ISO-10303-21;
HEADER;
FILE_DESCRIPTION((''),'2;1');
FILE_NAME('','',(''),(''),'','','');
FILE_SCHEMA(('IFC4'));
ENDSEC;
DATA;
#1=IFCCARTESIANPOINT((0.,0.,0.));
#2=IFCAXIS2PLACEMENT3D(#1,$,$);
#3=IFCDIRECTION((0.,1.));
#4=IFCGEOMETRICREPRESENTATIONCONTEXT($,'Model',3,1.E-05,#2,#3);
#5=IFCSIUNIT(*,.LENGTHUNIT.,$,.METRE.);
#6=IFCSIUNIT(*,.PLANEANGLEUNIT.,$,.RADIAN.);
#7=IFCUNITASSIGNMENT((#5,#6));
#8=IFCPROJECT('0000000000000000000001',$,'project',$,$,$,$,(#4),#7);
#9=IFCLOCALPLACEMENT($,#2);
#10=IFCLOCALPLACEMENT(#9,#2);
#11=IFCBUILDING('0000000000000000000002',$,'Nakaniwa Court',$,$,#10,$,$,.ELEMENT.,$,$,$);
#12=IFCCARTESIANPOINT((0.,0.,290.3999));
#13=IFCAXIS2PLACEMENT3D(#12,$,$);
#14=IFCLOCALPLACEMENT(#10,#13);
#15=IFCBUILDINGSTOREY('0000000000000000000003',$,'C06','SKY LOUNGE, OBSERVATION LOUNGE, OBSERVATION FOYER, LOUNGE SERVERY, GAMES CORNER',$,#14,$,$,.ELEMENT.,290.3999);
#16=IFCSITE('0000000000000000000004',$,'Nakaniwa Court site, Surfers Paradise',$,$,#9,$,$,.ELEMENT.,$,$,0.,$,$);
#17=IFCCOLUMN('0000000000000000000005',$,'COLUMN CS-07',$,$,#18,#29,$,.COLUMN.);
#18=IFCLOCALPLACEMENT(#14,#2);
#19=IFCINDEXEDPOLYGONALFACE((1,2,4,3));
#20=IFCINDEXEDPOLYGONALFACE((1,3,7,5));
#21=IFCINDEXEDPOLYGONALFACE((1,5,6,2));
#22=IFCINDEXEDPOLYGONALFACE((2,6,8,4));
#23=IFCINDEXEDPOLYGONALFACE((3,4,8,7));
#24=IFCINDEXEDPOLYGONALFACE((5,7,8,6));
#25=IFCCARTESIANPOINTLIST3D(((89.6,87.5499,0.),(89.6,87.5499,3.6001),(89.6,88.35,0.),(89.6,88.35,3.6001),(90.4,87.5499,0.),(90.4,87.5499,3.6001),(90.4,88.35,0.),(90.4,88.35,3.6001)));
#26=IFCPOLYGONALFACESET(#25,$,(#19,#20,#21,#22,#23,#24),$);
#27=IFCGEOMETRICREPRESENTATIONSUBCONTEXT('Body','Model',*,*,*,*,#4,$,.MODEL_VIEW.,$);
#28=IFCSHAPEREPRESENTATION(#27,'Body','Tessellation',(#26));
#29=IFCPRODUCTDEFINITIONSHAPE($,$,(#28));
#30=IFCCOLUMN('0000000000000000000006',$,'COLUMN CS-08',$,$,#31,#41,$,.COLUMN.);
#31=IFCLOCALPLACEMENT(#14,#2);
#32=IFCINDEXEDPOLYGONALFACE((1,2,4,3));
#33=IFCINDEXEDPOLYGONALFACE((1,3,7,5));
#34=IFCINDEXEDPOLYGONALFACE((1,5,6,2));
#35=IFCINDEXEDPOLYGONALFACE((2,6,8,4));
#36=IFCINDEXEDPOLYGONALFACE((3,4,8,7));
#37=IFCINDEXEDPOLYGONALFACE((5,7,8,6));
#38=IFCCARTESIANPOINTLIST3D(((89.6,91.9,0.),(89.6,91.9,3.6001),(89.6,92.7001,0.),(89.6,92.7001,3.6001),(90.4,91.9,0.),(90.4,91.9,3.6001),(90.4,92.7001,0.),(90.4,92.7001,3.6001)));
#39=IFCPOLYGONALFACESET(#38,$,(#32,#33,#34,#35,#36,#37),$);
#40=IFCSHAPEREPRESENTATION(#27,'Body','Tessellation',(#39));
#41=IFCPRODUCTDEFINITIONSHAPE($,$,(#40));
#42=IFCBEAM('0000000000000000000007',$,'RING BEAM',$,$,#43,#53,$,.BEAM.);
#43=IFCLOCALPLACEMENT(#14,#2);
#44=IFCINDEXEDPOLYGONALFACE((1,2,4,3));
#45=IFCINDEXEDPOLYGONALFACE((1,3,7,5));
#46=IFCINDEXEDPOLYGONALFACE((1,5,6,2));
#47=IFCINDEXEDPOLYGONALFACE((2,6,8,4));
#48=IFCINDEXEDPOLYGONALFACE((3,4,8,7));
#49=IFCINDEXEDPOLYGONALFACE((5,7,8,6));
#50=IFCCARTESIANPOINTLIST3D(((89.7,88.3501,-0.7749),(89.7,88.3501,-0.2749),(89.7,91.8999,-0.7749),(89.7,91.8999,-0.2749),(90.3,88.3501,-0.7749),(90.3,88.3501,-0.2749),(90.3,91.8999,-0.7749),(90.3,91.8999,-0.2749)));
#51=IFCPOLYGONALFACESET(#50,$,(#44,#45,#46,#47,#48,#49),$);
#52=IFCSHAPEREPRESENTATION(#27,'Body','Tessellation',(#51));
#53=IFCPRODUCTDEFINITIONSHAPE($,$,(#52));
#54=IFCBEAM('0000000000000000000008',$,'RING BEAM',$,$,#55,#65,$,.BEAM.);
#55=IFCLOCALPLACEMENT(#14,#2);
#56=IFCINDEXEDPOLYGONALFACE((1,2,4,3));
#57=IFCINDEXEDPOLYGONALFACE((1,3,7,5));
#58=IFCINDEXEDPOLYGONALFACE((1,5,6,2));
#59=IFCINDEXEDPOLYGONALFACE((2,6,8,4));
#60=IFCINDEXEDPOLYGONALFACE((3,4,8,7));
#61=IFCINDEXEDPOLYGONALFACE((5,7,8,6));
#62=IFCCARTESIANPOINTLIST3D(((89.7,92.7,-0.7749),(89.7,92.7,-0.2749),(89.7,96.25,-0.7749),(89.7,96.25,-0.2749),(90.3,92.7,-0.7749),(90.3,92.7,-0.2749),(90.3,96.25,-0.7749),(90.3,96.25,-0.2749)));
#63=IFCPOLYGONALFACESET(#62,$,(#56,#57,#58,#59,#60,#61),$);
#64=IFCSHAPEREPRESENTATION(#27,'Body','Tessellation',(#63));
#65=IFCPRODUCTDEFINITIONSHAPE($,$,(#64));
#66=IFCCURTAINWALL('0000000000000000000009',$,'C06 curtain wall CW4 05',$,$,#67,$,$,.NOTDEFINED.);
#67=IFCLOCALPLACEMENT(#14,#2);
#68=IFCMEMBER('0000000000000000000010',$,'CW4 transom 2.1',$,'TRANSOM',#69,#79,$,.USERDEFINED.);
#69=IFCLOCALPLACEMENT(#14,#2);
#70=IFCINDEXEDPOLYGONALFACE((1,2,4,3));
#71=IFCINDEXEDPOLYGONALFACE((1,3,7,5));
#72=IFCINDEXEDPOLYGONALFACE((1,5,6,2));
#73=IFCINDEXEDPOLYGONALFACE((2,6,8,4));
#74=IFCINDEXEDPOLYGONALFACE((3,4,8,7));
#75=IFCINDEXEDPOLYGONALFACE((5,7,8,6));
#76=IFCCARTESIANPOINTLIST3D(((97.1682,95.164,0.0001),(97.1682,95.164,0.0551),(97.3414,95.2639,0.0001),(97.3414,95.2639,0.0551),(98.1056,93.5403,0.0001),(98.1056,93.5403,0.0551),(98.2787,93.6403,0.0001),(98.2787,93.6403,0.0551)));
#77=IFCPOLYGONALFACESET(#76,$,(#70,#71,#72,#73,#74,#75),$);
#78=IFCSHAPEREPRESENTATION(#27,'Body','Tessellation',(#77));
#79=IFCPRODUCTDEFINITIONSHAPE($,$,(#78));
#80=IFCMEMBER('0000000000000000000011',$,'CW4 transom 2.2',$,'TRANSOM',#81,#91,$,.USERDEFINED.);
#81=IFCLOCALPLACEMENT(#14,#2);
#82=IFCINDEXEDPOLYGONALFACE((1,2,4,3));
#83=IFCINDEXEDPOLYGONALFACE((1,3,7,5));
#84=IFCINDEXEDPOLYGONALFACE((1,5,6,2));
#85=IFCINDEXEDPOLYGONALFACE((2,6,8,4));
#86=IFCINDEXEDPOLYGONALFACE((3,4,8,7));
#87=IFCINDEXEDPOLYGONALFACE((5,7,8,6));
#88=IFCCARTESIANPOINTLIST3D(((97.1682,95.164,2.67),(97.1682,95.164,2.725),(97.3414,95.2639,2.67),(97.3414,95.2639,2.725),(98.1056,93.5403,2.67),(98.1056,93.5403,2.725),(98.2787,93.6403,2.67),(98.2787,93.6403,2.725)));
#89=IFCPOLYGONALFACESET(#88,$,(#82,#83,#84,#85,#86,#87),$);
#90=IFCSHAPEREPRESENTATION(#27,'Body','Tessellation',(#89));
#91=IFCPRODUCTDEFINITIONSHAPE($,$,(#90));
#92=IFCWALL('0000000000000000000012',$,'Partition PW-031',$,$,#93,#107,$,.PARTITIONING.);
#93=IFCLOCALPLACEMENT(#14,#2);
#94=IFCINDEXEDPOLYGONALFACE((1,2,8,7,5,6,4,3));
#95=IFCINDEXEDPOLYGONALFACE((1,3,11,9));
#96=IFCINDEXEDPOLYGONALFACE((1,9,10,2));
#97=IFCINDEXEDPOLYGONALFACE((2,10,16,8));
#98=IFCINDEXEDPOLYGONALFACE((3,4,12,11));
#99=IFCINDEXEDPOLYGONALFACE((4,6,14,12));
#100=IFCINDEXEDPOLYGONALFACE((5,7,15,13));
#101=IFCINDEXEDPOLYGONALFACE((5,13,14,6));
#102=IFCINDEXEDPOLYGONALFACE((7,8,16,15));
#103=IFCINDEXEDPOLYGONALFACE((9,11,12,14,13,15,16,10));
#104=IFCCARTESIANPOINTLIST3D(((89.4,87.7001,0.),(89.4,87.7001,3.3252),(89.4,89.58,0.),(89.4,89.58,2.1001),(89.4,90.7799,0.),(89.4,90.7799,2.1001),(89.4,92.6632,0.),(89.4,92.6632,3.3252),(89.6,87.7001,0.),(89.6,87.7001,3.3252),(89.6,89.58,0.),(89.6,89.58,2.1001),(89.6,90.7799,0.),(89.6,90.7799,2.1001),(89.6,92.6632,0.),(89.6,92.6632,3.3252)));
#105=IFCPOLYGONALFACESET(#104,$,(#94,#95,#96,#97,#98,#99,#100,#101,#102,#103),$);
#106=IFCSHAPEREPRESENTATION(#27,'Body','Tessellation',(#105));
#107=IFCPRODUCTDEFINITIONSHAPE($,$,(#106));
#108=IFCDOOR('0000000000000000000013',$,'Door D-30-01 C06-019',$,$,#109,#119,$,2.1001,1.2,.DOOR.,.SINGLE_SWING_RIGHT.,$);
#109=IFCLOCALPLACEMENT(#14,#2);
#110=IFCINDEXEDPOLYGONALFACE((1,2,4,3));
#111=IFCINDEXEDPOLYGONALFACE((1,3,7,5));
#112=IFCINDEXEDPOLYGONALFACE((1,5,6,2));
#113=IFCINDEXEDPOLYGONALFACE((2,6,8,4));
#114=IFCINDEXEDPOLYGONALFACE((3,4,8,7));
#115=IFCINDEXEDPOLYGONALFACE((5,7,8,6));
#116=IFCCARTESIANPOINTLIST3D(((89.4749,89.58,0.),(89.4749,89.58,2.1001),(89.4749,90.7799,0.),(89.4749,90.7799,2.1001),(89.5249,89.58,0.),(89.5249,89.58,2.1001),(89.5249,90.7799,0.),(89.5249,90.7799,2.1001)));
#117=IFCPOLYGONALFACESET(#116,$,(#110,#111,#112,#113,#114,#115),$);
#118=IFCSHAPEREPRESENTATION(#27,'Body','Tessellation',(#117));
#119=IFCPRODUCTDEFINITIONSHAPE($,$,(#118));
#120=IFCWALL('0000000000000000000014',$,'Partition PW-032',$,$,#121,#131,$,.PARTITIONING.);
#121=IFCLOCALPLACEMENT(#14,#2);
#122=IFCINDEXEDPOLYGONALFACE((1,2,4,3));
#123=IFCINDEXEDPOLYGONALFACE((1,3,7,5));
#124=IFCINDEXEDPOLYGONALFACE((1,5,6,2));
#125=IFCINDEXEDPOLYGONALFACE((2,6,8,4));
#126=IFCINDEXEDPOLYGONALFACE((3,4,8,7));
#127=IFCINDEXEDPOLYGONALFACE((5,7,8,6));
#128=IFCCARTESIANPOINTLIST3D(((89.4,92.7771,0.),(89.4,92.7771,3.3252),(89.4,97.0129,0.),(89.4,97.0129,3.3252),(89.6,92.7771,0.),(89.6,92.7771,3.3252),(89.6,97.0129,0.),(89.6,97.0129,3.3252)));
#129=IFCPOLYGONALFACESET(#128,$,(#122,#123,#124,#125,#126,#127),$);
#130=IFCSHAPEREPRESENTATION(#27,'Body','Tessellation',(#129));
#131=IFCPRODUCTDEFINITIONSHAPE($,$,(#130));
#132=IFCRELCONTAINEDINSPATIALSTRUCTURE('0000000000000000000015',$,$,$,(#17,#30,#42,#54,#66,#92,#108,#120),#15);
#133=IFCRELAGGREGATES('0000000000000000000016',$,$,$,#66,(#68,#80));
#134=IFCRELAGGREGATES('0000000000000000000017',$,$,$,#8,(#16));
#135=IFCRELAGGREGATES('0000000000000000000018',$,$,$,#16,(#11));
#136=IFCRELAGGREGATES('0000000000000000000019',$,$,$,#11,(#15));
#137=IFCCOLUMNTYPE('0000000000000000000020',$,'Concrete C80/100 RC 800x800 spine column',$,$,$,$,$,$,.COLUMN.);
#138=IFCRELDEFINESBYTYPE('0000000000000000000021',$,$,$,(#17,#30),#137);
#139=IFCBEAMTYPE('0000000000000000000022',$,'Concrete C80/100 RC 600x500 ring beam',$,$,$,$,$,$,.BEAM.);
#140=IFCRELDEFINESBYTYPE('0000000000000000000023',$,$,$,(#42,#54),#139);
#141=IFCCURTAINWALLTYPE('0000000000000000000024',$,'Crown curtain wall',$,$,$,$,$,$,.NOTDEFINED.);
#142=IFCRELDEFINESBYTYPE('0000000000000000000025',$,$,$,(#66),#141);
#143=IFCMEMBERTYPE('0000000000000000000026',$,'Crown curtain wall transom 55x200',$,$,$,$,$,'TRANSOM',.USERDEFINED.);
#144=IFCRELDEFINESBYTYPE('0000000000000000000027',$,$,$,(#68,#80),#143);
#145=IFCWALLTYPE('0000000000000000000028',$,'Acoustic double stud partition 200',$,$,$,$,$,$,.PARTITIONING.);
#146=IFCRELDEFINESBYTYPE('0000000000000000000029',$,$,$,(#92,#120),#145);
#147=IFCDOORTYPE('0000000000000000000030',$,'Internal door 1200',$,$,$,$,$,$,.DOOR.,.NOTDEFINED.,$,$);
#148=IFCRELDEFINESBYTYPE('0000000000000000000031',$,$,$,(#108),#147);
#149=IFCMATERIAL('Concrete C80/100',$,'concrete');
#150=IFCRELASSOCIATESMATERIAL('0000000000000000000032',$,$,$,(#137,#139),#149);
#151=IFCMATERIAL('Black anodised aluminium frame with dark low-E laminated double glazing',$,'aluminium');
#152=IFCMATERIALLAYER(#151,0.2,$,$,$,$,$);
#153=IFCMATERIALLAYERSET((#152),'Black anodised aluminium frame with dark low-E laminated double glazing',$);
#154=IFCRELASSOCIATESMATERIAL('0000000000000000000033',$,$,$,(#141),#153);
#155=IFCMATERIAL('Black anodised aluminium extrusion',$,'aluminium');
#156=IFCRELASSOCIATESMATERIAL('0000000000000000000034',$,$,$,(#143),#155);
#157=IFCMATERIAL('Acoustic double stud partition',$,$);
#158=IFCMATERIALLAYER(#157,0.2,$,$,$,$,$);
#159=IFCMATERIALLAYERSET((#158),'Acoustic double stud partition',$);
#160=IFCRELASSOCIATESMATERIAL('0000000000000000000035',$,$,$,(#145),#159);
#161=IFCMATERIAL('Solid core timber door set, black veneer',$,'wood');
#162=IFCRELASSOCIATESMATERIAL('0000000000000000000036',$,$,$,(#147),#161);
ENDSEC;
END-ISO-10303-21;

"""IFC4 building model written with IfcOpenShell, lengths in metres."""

from ifc_helpers import new_model, si_unit, direction, frame, frame_2d, origin, origin_2d, place, context, subcontext, project, spatial, rectangle, extrude, material, layer, layer_set, material_profile, profile_set, type_object, element, fill, aggregate, save


model = new_model("IFC4")

# Units and contexts
model_context = context("Model", 3, precision=1e-05, world=origin(), true_north=direction((0.0, 1.0)))
body_context = subcontext(model_context, "Body", "Model", "MODEL_VIEW")
ifc_project = project(units=[si_unit("LENGTHUNIT", "METRE"), si_unit("PLANEANGLEUNIT", "RADIAN")], contexts=[model_context])

# Site, building, storey
site_placement = place(None, origin())
site = spatial("IfcSite", under=ifc_project, at=site_placement, Name="Nakaniwa Court site, Surfers Paradise", CompositionType="ELEMENT", RefElevation=0.0)
building_placement = place(site_placement, origin())
building = spatial("IfcBuilding", under=site, at=building_placement, Name="Nakaniwa Court", CompositionType="ELEMENT")
storey_placement = place(building_placement, frame((0.0, 0.0, 290.3999)))
storey = spatial("IfcBuildingStorey", under=building, at=storey_placement, Name="C06", Description="SKY LOUNGE, OBSERVATION LOUNGE, OBSERVATION FOYER, LOUNGE SERVERY, GAMES CORNER", CompositionType="ELEMENT", Elevation=290.3999)

# Columns
ifc_material_1 = material(Name="Concrete C80/100", Category="concrete")
ifc_material_profile_1 = material_profile(ifc_material_1, rectangle(XDim=0.8, YDim=0.8, at=origin_2d()), Name="Concrete C80/100 RC 800x800 spine column")
ifc_profile_set_1 = profile_set([ifc_material_profile_1], Name="Concrete C80/100")
column_type = type_object("IfcColumnType", Name="Concrete C80/100 RC 800x800 spine column", PredefinedType="COLUMN", material=ifc_profile_set_1)
for number, where, z_axis, x_axis, name in (
    (1, (90.0, 87.95, 0.0), (0.0, 0.0, 1.0), (0.0, 1.0, 0.0), "COLUMN CS-07"),
    (2, (90.0, 92.3, 0.0), (0.0, 0.0, 1.0), (0.0, 1.0, 0.0), "COLUMN CS-08"),
):
    element("IfcColumn", number, at=place(storey_placement, frame(where, z_axis=z_axis, x_axis=x_axis)), inside=storey, type_object=column_type, Name=name, PredefinedType="COLUMN", context=body_context, shape_type="SweptSolid", body=[
        extrude(rectangle(XDim=0.8, YDim=0.8, at=origin_2d()), origin(), (0.0, 0.0, 1.0), 3.6001),
    ])

# Beams
ifc_material_profile_2 = material_profile(ifc_material_1, rectangle(XDim=0.6001, YDim=0.5, at=origin_2d()), Name="Concrete C80/100 RC 600x500 ring beam")
ifc_profile_set_2 = profile_set([ifc_material_profile_2], Name="Concrete C80/100")
beam_type = type_object("IfcBeamType", Name="Concrete C80/100 RC 600x500 ring beam", PredefinedType="BEAM", material=ifc_profile_set_2)
beam_1_placement = place(storey_placement, frame((90.0, 88.3501, -0.5249), z_axis=(0.0, 1.0, 0.0), x_axis=(-1.0, 0.0, 0.0)))
element("IfcBeam", 3, at=beam_1_placement, inside=storey, type_object=beam_type, Name="RING BEAM", PredefinedType="BEAM", context=body_context, shape_type="SweptSolid", body=[
    extrude(rectangle(XDim=0.6001, YDim=0.5, at=origin_2d()), origin(), (0.0, 0.0, 1.0), 3.5498),
])
beam_2_placement = place(storey_placement, frame((90.0, 92.7, -0.5249), z_axis=(0.0, 1.0, 0.0), x_axis=(-1.0, 0.0, 0.0)))
element("IfcBeam", 4, at=beam_2_placement, inside=storey, type_object=beam_type, Name="RING BEAM", PredefinedType="BEAM", context=body_context, shape_type="SweptSolid", body=[
    extrude(rectangle(XDim=0.6001, YDim=0.5, at=origin_2d()), origin(), (0.0, 0.0, 1.0), 3.55),
])

# Curtain wall, members
ifc_material_2 = material(Name="Black anodised aluminium frame with dark low-E laminated double glazing", Category="aluminium")
ifc_layer_1 = layer(ifc_material_2, 0.2)
ifc_layer_set_1 = layer_set([ifc_layer_1], Name="Black anodised aluminium frame with dark low-E laminated double glazing")
curtain_wall_type = type_object("IfcCurtainWallType", Name="Crown curtain wall", PredefinedType="NOTDEFINED", material=ifc_layer_set_1)
curtain_wall_placement = place(storey_placement, origin())
curtain_wall = element("IfcCurtainWall", 5, at=curtain_wall_placement, inside=storey, type_object=curtain_wall_type, Name="C06 curtain wall CW4 05", PredefinedType="NOTDEFINED")
ifc_material_3 = material(Name="Black anodised aluminium extrusion", Category="aluminium")
ifc_material_profile_3 = material_profile(ifc_material_3, rectangle(XDim=0.2, YDim=0.0549, at=origin_2d()), Name="Crown curtain wall transom 55x200")
ifc_profile_set_3 = profile_set([ifc_material_profile_3], Name="Black anodised aluminium extrusion")
member_type = type_object("IfcMemberType", Name="Crown curtain wall transom 55x200", ElementType="TRANSOM", PredefinedType="USERDEFINED", material=ifc_profile_set_3)
member_1_placement = place(storey_placement, frame((98.1921, 93.5903, 0.0276), z_axis=(-0.499963, 0.866047, 0.0), x_axis=(-0.866047, -0.499963, 0.0)))
member_1 = element("IfcMember", 6, at=member_1_placement, type_object=member_type, Name="CW4 transom 2.1", ObjectType="TRANSOM", PredefinedType="USERDEFINED", context=body_context, shape_type="SweptSolid", body=[
    extrude(rectangle(XDim=0.2, YDim=0.0549, at=origin_2d()), origin(), (0.0, 0.0, 1.0), 1.8748),
])
member_2_placement = place(storey_placement, frame((98.1921, 93.5903, 2.6975), z_axis=(-0.499963, 0.866047, 0.0), x_axis=(-0.866047, -0.499963, 0.0)))
member_2 = element("IfcMember", 7, at=member_2_placement, type_object=member_type, Name="CW4 transom 2.2", ObjectType="TRANSOM", PredefinedType="USERDEFINED", context=body_context, shape_type="SweptSolid", body=[
    extrude(rectangle(XDim=0.2, YDim=0.0549, at=origin_2d()), origin(), (0.0, 0.0, 1.0), 1.8748),
])
aggregate(curtain_wall, [member_1, member_2])

# Wall, opening, door
ifc_material_4 = material(Name="Acoustic double stud partition")
ifc_layer_2 = layer(ifc_material_4, 0.2)
ifc_layer_set_2 = layer_set([ifc_layer_2], Name="Acoustic double stud partition")
wall_type_1 = type_object("IfcWallType", Name="Acoustic double stud partition 200", PredefinedType="PARTITIONING", material=ifc_layer_set_2)
wall_1_placement = place(storey_placement, frame((89.5, 92.6631, 0.0), z_axis=(0.0, 0.0, 1.0), x_axis=(0.0, -1.0, 0.0)))
wall_1 = element("IfcWall", 8, at=wall_1_placement, inside=storey, type_object=wall_type_1, Name="Partition PW-031", PredefinedType="PARTITIONING", context=body_context, shape_type="SweptSolid", body=[
    extrude(rectangle(XDim=4.9631, YDim=0.2, at=frame_2d((2.4814, 0.0))), origin(), (0.0, 0.0, 1.0), 3.3252),
])
opening_1_placement = place(wall_1_placement, frame((1.8831, 0.0, 0.0)))
opening_1 = element("IfcOpeningElement", 9, at=opening_1_placement, cuts=wall_1, PredefinedType="OPENING", context=body_context, shape_type="SweptSolid", body=[
    extrude(rectangle(XDim=1.2, YDim=2.1001, at=frame_2d((0.6001, 1.05))), frame((0.0, 0.1099, 0.0), z_axis=(0.0, -1.0, 0.0), x_axis=(1.0, 0.0, 0.0)), (0.0, 0.0, 1.0), 0.22),
])
ifc_material_5 = material(Name="Solid core timber door set, black veneer", Category="wood")
door_type_1 = type_object("IfcDoorType", Name="Internal door 1200", OperationType="NOTDEFINED", PredefinedType="DOOR", material=ifc_material_5)
door_1_placement = place(opening_1_placement, origin())
door_1 = element("IfcDoor", 10, at=door_1_placement, inside=storey, type_object=door_type_1, Name="Door D-30-01 C06-019", OperationType="SINGLE_SWING_RIGHT", OverallHeight=2.1001, OverallWidth=1.2, PredefinedType="DOOR", context=body_context, shape_type="SweptSolid", body=[
    extrude(rectangle(XDim=1.2, YDim=2.1001, at=frame_2d((0.6001, 1.05))), frame((0.0, 0.0249, 0.0), z_axis=(0.0, -1.0, 0.0), x_axis=(1.0, 0.0, 0.0)), (0.0, 0.0, 1.0), 0.05),
])
fill(opening_1, door_1)

# Wall
wall_2_placement = place(storey_placement, frame((89.5, 92.7771, 0.0), z_axis=(0.0, 0.0, 1.0), x_axis=(0.0, 1.0, 0.0)))
element("IfcWall", 11, at=wall_2_placement, inside=storey, type_object=wall_type_1, Name="Partition PW-032", PredefinedType="PARTITIONING", context=body_context, shape_type="SweptSolid", body=[
    extrude(rectangle(XDim=4.2358, YDim=0.2, at=frame_2d((2.1179, 0.0))), origin(), (0.0, 0.0, 1.0), 3.3252),
])

save(model, "model.ifc")
